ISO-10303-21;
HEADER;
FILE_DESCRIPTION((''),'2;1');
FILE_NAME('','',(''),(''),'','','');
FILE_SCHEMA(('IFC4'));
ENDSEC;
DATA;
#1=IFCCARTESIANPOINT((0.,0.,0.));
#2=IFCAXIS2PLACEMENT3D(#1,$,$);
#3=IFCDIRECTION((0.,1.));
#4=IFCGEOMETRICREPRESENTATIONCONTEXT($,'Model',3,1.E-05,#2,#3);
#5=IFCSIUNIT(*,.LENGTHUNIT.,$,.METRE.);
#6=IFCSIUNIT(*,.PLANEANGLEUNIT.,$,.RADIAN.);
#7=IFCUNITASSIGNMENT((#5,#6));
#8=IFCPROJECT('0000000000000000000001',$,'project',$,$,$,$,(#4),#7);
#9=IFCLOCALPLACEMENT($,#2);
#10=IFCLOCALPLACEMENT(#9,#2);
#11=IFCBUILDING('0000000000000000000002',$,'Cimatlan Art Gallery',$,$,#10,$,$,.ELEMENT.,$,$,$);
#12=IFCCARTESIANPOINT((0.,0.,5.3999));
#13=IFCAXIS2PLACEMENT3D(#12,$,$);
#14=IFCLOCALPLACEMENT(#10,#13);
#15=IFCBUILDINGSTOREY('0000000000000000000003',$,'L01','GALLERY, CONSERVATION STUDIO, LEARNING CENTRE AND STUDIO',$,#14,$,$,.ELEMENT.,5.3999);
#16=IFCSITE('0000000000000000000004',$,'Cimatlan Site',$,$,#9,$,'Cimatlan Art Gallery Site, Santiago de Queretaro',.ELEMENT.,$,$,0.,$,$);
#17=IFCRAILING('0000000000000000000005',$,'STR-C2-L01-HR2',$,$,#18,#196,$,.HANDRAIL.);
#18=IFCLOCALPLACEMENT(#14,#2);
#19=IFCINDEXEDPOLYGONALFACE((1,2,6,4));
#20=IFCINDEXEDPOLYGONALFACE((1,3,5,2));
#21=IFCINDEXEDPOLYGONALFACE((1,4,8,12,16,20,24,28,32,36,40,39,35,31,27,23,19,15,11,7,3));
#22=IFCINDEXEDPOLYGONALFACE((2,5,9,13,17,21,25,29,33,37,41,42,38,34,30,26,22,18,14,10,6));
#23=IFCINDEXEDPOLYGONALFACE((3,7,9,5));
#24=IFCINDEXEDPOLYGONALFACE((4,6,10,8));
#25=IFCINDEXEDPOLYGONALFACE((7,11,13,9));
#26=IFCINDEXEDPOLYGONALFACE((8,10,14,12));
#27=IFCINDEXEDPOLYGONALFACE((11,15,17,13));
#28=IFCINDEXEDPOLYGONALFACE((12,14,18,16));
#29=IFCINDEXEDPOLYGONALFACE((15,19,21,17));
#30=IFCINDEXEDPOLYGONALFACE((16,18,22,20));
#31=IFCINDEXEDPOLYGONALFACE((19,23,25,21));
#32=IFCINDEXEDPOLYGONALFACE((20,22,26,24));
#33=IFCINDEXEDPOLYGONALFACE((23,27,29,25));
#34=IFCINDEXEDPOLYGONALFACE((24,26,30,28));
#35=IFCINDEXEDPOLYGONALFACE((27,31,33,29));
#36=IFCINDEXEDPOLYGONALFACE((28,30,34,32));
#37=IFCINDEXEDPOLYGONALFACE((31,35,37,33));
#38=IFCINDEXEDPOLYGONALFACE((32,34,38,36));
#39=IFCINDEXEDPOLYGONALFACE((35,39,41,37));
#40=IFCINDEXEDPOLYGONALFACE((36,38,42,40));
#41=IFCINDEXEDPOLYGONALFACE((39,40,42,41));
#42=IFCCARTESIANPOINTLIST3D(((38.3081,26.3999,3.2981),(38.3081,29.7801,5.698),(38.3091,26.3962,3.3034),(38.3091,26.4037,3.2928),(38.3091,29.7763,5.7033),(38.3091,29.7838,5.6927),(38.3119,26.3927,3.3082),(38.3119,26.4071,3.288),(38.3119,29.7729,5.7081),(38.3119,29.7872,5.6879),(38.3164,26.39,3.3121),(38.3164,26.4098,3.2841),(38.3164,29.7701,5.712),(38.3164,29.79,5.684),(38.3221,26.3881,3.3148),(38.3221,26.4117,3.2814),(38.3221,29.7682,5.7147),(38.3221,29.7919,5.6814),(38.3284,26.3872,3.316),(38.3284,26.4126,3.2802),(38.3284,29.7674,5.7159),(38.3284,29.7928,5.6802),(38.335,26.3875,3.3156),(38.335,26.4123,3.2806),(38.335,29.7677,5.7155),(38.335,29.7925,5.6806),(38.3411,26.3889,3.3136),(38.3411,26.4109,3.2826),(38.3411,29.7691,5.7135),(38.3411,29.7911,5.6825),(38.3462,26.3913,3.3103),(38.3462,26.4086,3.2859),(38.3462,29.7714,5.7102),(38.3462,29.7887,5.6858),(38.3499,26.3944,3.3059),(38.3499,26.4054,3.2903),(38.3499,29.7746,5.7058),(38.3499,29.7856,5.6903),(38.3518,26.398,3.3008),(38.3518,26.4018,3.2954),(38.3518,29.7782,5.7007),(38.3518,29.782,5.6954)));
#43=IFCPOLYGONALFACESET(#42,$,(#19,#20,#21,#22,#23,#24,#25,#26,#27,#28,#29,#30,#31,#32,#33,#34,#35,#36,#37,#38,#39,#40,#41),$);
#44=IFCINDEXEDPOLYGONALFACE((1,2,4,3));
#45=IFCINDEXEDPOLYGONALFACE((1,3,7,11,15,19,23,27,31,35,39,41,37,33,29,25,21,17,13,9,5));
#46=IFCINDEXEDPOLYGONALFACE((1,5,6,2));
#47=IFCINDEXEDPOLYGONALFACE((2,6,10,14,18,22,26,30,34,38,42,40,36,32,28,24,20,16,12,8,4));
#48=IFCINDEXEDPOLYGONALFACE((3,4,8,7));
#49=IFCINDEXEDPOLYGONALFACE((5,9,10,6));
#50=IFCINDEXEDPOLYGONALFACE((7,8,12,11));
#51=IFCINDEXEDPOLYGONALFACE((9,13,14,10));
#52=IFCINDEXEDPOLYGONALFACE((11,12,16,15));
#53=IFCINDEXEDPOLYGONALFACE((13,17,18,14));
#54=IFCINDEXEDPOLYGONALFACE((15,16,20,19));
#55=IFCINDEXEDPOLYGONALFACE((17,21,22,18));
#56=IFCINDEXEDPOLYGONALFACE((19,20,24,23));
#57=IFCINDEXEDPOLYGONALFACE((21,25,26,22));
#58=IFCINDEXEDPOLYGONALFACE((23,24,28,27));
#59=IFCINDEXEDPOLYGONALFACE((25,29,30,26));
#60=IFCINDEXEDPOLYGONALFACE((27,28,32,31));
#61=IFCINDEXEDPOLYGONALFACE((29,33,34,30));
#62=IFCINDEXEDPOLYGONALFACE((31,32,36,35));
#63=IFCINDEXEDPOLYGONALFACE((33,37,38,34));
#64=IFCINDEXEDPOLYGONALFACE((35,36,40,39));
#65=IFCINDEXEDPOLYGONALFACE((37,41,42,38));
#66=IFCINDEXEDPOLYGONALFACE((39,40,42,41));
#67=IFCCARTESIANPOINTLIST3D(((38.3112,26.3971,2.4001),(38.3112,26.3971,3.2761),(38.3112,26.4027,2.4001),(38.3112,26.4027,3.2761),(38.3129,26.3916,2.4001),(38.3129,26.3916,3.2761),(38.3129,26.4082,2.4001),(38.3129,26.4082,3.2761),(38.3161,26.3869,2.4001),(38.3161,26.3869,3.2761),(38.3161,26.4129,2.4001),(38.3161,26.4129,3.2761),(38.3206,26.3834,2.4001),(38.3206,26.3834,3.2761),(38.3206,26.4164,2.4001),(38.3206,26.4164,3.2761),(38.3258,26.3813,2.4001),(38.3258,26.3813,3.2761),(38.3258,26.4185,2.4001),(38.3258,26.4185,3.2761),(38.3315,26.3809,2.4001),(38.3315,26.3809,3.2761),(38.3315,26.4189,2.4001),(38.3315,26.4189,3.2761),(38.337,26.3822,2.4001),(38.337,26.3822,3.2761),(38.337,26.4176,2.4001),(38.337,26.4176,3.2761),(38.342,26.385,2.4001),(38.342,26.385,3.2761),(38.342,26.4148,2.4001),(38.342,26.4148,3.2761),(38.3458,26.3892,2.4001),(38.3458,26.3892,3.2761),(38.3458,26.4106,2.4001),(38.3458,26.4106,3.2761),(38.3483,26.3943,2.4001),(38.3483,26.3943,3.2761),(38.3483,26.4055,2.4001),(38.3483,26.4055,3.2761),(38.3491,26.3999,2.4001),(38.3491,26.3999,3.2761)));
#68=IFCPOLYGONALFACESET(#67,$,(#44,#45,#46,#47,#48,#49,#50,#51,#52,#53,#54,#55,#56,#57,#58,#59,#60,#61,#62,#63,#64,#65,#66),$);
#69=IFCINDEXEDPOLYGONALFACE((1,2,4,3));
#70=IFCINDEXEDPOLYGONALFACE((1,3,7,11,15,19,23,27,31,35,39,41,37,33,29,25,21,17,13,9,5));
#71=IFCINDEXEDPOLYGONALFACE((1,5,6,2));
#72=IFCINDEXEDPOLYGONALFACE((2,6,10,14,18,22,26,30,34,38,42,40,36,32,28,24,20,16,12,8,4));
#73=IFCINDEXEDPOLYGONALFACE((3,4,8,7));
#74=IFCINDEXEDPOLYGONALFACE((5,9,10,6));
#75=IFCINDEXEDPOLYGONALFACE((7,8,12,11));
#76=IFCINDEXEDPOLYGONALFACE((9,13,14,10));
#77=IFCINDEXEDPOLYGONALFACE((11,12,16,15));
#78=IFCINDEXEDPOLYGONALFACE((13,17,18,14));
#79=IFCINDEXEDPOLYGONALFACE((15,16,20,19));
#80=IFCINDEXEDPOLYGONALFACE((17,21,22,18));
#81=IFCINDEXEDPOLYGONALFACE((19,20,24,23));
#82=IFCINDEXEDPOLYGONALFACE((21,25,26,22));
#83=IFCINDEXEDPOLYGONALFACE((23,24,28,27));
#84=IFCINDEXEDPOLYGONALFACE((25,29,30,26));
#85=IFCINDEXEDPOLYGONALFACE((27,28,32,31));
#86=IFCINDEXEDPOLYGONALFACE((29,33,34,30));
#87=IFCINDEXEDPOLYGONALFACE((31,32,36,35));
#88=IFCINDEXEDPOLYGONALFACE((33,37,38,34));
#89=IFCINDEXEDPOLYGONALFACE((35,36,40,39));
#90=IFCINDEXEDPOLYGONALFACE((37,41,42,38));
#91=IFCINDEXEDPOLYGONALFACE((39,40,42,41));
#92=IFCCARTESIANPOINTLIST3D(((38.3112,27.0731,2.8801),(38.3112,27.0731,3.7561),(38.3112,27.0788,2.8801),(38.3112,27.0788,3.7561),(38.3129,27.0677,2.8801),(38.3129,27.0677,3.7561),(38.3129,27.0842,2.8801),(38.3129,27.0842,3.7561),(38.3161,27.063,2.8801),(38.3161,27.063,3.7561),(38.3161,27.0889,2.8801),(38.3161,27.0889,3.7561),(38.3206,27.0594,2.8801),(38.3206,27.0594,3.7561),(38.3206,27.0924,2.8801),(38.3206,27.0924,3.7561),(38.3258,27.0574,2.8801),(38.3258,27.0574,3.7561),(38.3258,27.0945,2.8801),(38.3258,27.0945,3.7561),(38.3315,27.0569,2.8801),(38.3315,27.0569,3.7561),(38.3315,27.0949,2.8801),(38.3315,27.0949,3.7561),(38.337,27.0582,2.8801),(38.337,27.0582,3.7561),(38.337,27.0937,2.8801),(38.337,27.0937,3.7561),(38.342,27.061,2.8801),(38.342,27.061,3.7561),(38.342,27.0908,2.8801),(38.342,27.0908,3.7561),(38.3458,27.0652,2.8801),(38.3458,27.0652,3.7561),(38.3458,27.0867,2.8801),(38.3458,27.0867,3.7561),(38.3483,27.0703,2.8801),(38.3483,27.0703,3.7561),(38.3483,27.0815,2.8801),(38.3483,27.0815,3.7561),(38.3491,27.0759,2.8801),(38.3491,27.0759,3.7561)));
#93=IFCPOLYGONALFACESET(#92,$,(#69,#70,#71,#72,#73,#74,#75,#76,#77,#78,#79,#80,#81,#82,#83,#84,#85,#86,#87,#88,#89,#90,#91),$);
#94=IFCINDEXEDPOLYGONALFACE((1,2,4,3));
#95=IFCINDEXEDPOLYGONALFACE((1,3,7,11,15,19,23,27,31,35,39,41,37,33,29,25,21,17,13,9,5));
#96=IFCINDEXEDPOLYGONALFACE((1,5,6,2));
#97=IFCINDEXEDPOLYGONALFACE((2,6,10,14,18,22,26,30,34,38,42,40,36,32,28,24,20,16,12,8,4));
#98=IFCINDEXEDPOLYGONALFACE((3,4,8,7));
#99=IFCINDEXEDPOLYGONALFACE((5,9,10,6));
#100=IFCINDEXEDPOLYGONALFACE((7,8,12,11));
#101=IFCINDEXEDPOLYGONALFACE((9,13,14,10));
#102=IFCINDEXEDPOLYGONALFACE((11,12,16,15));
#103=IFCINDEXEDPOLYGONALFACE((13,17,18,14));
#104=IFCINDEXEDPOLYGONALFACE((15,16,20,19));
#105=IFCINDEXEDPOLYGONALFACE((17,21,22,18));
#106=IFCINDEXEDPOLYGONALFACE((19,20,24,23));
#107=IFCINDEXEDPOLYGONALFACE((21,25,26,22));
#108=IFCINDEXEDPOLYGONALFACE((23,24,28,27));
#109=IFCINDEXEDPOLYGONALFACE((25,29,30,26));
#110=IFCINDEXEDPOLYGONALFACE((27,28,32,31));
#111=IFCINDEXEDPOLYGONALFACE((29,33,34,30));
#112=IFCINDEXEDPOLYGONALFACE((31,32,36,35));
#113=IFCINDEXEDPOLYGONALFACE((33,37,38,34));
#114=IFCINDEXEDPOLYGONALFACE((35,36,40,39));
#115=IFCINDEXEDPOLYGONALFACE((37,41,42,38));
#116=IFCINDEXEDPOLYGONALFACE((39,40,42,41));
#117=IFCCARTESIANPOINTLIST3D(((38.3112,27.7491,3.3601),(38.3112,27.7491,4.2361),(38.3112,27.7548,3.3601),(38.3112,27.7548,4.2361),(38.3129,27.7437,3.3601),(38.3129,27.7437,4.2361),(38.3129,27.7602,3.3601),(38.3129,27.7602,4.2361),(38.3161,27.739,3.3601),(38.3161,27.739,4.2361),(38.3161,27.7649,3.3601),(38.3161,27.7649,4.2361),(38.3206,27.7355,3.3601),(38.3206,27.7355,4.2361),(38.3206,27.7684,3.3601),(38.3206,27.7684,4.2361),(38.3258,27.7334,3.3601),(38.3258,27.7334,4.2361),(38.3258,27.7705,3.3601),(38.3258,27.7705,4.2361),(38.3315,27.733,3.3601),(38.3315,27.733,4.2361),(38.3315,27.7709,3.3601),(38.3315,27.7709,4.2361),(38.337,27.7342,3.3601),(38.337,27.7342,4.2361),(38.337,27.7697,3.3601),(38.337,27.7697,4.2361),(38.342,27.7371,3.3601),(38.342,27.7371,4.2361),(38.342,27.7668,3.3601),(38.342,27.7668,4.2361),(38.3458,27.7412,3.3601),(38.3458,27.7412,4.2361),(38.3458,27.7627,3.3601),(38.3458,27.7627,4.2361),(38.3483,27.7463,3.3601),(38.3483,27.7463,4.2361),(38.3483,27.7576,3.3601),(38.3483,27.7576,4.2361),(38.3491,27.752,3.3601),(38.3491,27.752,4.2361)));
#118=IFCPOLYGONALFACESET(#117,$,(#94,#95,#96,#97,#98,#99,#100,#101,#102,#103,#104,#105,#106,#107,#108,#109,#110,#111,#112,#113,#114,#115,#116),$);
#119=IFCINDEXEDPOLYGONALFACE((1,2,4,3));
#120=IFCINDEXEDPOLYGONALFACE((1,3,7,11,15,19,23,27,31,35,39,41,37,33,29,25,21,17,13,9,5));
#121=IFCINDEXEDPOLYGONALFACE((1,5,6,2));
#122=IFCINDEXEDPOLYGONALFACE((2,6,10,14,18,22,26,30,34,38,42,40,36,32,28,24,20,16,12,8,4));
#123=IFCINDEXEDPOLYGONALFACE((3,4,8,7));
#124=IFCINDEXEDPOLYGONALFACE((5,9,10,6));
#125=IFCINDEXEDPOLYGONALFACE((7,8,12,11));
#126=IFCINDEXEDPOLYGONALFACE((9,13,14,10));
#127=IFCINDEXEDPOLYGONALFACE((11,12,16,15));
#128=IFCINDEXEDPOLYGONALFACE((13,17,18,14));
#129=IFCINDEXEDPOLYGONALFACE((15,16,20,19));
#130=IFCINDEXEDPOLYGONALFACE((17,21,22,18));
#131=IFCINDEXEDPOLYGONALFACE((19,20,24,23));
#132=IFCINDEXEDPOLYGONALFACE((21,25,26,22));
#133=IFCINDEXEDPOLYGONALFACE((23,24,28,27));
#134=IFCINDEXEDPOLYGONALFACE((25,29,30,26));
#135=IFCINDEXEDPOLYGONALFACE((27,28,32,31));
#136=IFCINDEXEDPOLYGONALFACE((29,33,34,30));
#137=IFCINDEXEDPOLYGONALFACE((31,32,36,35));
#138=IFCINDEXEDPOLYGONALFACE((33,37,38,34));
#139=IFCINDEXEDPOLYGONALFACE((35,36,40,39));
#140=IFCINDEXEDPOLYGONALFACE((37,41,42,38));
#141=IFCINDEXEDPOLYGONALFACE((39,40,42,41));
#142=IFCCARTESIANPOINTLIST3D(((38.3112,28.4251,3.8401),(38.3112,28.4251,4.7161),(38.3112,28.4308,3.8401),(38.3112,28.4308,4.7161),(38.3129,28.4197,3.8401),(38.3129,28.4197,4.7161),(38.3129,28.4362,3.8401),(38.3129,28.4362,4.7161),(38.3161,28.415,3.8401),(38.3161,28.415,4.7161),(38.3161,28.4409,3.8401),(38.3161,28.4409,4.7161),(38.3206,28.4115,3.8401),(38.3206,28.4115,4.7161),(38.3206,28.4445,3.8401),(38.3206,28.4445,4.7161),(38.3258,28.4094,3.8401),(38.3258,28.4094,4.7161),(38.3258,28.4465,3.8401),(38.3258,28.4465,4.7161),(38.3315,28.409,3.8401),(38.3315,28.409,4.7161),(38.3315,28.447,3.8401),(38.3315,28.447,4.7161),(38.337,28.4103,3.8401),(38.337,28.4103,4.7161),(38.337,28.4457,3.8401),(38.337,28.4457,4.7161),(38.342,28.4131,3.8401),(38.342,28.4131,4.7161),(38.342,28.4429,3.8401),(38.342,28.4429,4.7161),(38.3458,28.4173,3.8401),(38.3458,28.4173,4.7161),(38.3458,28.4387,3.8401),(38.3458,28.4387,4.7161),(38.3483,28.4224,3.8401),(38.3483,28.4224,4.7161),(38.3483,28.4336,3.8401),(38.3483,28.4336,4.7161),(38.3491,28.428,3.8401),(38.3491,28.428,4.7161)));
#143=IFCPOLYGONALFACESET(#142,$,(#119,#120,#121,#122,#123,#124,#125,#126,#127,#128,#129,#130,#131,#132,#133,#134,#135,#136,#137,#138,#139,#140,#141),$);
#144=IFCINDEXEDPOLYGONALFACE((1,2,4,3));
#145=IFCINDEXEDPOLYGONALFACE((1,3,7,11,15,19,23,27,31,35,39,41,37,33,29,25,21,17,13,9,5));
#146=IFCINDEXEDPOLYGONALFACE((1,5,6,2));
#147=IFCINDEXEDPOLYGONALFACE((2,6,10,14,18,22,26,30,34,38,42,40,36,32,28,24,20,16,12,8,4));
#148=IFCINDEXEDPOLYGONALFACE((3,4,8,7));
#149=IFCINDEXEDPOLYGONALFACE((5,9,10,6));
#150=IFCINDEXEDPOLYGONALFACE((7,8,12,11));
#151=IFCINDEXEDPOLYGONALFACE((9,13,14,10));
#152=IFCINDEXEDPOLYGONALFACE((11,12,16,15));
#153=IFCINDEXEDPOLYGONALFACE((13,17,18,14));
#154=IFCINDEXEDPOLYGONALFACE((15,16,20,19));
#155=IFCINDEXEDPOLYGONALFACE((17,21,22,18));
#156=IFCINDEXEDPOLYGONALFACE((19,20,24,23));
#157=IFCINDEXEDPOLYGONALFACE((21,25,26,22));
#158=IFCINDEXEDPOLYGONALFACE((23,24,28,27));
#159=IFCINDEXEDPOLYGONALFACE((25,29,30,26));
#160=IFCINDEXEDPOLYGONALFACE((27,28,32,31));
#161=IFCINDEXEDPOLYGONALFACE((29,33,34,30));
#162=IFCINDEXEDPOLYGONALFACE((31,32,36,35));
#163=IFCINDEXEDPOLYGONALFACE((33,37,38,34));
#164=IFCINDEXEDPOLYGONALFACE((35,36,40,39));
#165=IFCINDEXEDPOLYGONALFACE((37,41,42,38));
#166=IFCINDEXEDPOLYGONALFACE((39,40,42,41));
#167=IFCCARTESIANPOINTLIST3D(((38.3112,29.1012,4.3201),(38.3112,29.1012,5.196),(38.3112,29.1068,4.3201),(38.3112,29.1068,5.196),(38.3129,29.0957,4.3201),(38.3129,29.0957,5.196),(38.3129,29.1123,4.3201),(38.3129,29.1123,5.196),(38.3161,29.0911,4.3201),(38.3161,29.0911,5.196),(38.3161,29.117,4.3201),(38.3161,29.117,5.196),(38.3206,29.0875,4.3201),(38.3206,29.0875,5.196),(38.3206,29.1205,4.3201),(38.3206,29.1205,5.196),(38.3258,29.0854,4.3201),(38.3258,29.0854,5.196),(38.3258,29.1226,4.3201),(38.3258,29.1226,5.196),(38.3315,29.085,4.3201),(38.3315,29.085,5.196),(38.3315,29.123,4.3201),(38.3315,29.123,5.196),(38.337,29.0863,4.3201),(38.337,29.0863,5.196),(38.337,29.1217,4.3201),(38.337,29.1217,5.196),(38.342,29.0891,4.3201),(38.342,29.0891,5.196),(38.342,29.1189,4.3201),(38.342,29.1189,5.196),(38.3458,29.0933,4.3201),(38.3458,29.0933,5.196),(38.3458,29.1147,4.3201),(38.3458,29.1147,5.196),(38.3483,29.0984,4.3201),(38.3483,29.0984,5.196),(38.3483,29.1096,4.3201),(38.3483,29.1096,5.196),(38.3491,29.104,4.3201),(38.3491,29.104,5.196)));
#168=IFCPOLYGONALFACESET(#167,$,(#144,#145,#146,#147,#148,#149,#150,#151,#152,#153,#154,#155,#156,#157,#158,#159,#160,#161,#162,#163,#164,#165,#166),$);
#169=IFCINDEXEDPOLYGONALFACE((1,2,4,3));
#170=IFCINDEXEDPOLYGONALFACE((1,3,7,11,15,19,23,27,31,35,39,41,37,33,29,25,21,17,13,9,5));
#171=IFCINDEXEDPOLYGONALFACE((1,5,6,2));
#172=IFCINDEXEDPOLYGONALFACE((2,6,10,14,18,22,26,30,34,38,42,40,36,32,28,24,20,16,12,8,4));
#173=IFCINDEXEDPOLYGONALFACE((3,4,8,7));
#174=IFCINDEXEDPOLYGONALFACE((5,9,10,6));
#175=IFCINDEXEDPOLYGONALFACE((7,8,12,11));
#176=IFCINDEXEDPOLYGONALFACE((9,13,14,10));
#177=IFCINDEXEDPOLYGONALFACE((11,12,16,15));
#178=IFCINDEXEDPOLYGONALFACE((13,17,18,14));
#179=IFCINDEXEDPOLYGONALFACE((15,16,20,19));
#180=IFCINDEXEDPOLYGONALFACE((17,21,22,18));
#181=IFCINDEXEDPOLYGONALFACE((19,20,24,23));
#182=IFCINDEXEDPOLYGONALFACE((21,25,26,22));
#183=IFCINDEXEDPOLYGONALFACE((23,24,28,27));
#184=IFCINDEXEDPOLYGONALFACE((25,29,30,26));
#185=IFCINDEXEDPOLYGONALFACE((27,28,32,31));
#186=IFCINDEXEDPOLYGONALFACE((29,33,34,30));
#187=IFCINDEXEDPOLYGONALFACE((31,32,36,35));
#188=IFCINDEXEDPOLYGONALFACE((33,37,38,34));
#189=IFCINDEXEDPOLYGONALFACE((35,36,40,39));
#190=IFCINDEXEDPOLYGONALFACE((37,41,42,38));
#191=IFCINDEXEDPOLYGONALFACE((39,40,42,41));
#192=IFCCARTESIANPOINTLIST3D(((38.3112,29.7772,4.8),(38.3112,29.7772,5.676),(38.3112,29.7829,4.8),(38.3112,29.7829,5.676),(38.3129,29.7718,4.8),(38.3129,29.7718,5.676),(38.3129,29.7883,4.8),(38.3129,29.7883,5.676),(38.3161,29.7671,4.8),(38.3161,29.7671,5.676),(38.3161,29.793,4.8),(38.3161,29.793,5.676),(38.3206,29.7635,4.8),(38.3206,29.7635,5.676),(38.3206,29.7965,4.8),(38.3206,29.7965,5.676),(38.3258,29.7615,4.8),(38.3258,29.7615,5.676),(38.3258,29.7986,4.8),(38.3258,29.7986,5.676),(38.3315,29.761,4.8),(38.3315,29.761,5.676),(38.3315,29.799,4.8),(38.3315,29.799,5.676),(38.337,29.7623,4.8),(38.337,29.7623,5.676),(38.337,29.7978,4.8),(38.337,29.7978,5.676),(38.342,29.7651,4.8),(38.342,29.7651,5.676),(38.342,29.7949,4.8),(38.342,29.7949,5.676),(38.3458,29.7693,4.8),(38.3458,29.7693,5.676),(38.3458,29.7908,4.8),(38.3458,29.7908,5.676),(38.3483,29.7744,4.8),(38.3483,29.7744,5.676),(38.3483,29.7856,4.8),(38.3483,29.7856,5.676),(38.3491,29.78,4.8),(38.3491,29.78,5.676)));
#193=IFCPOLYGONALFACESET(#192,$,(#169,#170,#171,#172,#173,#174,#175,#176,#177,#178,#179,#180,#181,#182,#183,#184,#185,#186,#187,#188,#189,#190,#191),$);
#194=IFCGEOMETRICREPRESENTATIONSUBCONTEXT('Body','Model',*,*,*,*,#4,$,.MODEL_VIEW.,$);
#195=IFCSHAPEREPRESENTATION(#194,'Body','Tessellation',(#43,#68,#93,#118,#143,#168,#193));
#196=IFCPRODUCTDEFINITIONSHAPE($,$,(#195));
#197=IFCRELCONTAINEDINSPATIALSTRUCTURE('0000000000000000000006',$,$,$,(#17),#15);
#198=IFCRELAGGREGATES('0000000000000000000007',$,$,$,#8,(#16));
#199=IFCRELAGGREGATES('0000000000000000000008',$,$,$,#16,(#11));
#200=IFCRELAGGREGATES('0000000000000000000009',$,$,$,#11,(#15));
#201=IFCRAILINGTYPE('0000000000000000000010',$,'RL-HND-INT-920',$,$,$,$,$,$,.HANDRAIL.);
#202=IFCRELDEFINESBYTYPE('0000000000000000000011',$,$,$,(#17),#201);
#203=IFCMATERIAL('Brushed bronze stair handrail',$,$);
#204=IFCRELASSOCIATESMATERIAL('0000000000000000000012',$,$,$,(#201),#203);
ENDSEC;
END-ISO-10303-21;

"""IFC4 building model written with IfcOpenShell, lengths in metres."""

from ifc_helpers import new_model, si_unit, direction, frame, origin, origin_2d, place, context, subcontext, project, spatial, circle, extrude, material, type_object, element, save


model = new_model("IFC4")

# Units and contexts
model_context = context("Model", 3, precision=1e-05, world=origin(), true_north=direction((0.0, 1.0)))
body_context = subcontext(model_context, "Body", "Model", "MODEL_VIEW")
ifc_project = project(units=[si_unit("LENGTHUNIT", "METRE"), si_unit("PLANEANGLEUNIT", "RADIAN")], contexts=[model_context])

# Site, building, storey
site_placement = place(None, origin())
site = spatial("IfcSite", under=ifc_project, at=site_placement, Name="Cimatlan Site", LongName="Cimatlan Art Gallery Site, Santiago de Queretaro", CompositionType="ELEMENT", RefElevation=0.0)
building_placement = place(site_placement, origin())
building = spatial("IfcBuilding", under=site, at=building_placement, Name="Cimatlan Art Gallery", CompositionType="ELEMENT")
storey_placement = place(building_placement, frame((0.0, 0.0, 5.3999)))
storey = spatial("IfcBuildingStorey", under=building, at=storey_placement, Name="L01", Description="GALLERY, CONSERVATION STUDIO, LEARNING CENTRE AND STUDIO", CompositionType="ELEMENT", Elevation=5.3999)

# Railing
ifc_material_1 = material(Name="Brushed bronze stair handrail")
railing_type_1 = type_object("IfcRailingType", Name="RL-HND-INT-920", PredefinedType="HANDRAIL", material=ifc_material_1)
railing_1_placement = place(storey_placement, frame((38.3301, 26.3999, 2.4001)))
element("IfcRailing", 1, at=railing_1_placement, inside=storey, type_object=railing_type_1, Name="STR-C2-L01-HR2", PredefinedType="HANDRAIL", context=body_context, shape_type="SweptSolid", body=[
    extrude(circle(Radius=0.022, at=origin_2d()), frame((0.0, 0.0, 0.8979), z_axis=(0.0, 0.815382, 0.578924), x_axis=(-1.0, 0.0, 0.0)), (0.0, 0.0, 1.0), 4.1455),
    extrude(circle(Radius=0.019, at=origin_2d()), origin(), (0.0, 0.0, 1.0), 0.876),
    extrude(circle(Radius=0.019, at=origin_2d()), frame((0.0, 0.676, 0.48)), (0.0, 0.0, 1.0), 0.876),
    extrude(circle(Radius=0.019, at=origin_2d()), frame((0.0, 1.3521, 0.96)), (0.0, 0.0, 1.0), 0.876),
    extrude(circle(Radius=0.019, at=origin_2d()), frame((0.0, 2.0281, 1.4399)), (0.0, 0.0, 1.0), 0.876),
    extrude(circle(Radius=0.019, at=origin_2d()), frame((0.0, 2.7041, 1.9199)), (0.0, 0.0, 1.0), 0.876),
    extrude(circle(Radius=0.019, at=origin_2d()), frame((0.0, 3.3801, 2.3999)), (0.0, 0.0, 1.0), 0.876),
])

save(model, "model.ifc")
